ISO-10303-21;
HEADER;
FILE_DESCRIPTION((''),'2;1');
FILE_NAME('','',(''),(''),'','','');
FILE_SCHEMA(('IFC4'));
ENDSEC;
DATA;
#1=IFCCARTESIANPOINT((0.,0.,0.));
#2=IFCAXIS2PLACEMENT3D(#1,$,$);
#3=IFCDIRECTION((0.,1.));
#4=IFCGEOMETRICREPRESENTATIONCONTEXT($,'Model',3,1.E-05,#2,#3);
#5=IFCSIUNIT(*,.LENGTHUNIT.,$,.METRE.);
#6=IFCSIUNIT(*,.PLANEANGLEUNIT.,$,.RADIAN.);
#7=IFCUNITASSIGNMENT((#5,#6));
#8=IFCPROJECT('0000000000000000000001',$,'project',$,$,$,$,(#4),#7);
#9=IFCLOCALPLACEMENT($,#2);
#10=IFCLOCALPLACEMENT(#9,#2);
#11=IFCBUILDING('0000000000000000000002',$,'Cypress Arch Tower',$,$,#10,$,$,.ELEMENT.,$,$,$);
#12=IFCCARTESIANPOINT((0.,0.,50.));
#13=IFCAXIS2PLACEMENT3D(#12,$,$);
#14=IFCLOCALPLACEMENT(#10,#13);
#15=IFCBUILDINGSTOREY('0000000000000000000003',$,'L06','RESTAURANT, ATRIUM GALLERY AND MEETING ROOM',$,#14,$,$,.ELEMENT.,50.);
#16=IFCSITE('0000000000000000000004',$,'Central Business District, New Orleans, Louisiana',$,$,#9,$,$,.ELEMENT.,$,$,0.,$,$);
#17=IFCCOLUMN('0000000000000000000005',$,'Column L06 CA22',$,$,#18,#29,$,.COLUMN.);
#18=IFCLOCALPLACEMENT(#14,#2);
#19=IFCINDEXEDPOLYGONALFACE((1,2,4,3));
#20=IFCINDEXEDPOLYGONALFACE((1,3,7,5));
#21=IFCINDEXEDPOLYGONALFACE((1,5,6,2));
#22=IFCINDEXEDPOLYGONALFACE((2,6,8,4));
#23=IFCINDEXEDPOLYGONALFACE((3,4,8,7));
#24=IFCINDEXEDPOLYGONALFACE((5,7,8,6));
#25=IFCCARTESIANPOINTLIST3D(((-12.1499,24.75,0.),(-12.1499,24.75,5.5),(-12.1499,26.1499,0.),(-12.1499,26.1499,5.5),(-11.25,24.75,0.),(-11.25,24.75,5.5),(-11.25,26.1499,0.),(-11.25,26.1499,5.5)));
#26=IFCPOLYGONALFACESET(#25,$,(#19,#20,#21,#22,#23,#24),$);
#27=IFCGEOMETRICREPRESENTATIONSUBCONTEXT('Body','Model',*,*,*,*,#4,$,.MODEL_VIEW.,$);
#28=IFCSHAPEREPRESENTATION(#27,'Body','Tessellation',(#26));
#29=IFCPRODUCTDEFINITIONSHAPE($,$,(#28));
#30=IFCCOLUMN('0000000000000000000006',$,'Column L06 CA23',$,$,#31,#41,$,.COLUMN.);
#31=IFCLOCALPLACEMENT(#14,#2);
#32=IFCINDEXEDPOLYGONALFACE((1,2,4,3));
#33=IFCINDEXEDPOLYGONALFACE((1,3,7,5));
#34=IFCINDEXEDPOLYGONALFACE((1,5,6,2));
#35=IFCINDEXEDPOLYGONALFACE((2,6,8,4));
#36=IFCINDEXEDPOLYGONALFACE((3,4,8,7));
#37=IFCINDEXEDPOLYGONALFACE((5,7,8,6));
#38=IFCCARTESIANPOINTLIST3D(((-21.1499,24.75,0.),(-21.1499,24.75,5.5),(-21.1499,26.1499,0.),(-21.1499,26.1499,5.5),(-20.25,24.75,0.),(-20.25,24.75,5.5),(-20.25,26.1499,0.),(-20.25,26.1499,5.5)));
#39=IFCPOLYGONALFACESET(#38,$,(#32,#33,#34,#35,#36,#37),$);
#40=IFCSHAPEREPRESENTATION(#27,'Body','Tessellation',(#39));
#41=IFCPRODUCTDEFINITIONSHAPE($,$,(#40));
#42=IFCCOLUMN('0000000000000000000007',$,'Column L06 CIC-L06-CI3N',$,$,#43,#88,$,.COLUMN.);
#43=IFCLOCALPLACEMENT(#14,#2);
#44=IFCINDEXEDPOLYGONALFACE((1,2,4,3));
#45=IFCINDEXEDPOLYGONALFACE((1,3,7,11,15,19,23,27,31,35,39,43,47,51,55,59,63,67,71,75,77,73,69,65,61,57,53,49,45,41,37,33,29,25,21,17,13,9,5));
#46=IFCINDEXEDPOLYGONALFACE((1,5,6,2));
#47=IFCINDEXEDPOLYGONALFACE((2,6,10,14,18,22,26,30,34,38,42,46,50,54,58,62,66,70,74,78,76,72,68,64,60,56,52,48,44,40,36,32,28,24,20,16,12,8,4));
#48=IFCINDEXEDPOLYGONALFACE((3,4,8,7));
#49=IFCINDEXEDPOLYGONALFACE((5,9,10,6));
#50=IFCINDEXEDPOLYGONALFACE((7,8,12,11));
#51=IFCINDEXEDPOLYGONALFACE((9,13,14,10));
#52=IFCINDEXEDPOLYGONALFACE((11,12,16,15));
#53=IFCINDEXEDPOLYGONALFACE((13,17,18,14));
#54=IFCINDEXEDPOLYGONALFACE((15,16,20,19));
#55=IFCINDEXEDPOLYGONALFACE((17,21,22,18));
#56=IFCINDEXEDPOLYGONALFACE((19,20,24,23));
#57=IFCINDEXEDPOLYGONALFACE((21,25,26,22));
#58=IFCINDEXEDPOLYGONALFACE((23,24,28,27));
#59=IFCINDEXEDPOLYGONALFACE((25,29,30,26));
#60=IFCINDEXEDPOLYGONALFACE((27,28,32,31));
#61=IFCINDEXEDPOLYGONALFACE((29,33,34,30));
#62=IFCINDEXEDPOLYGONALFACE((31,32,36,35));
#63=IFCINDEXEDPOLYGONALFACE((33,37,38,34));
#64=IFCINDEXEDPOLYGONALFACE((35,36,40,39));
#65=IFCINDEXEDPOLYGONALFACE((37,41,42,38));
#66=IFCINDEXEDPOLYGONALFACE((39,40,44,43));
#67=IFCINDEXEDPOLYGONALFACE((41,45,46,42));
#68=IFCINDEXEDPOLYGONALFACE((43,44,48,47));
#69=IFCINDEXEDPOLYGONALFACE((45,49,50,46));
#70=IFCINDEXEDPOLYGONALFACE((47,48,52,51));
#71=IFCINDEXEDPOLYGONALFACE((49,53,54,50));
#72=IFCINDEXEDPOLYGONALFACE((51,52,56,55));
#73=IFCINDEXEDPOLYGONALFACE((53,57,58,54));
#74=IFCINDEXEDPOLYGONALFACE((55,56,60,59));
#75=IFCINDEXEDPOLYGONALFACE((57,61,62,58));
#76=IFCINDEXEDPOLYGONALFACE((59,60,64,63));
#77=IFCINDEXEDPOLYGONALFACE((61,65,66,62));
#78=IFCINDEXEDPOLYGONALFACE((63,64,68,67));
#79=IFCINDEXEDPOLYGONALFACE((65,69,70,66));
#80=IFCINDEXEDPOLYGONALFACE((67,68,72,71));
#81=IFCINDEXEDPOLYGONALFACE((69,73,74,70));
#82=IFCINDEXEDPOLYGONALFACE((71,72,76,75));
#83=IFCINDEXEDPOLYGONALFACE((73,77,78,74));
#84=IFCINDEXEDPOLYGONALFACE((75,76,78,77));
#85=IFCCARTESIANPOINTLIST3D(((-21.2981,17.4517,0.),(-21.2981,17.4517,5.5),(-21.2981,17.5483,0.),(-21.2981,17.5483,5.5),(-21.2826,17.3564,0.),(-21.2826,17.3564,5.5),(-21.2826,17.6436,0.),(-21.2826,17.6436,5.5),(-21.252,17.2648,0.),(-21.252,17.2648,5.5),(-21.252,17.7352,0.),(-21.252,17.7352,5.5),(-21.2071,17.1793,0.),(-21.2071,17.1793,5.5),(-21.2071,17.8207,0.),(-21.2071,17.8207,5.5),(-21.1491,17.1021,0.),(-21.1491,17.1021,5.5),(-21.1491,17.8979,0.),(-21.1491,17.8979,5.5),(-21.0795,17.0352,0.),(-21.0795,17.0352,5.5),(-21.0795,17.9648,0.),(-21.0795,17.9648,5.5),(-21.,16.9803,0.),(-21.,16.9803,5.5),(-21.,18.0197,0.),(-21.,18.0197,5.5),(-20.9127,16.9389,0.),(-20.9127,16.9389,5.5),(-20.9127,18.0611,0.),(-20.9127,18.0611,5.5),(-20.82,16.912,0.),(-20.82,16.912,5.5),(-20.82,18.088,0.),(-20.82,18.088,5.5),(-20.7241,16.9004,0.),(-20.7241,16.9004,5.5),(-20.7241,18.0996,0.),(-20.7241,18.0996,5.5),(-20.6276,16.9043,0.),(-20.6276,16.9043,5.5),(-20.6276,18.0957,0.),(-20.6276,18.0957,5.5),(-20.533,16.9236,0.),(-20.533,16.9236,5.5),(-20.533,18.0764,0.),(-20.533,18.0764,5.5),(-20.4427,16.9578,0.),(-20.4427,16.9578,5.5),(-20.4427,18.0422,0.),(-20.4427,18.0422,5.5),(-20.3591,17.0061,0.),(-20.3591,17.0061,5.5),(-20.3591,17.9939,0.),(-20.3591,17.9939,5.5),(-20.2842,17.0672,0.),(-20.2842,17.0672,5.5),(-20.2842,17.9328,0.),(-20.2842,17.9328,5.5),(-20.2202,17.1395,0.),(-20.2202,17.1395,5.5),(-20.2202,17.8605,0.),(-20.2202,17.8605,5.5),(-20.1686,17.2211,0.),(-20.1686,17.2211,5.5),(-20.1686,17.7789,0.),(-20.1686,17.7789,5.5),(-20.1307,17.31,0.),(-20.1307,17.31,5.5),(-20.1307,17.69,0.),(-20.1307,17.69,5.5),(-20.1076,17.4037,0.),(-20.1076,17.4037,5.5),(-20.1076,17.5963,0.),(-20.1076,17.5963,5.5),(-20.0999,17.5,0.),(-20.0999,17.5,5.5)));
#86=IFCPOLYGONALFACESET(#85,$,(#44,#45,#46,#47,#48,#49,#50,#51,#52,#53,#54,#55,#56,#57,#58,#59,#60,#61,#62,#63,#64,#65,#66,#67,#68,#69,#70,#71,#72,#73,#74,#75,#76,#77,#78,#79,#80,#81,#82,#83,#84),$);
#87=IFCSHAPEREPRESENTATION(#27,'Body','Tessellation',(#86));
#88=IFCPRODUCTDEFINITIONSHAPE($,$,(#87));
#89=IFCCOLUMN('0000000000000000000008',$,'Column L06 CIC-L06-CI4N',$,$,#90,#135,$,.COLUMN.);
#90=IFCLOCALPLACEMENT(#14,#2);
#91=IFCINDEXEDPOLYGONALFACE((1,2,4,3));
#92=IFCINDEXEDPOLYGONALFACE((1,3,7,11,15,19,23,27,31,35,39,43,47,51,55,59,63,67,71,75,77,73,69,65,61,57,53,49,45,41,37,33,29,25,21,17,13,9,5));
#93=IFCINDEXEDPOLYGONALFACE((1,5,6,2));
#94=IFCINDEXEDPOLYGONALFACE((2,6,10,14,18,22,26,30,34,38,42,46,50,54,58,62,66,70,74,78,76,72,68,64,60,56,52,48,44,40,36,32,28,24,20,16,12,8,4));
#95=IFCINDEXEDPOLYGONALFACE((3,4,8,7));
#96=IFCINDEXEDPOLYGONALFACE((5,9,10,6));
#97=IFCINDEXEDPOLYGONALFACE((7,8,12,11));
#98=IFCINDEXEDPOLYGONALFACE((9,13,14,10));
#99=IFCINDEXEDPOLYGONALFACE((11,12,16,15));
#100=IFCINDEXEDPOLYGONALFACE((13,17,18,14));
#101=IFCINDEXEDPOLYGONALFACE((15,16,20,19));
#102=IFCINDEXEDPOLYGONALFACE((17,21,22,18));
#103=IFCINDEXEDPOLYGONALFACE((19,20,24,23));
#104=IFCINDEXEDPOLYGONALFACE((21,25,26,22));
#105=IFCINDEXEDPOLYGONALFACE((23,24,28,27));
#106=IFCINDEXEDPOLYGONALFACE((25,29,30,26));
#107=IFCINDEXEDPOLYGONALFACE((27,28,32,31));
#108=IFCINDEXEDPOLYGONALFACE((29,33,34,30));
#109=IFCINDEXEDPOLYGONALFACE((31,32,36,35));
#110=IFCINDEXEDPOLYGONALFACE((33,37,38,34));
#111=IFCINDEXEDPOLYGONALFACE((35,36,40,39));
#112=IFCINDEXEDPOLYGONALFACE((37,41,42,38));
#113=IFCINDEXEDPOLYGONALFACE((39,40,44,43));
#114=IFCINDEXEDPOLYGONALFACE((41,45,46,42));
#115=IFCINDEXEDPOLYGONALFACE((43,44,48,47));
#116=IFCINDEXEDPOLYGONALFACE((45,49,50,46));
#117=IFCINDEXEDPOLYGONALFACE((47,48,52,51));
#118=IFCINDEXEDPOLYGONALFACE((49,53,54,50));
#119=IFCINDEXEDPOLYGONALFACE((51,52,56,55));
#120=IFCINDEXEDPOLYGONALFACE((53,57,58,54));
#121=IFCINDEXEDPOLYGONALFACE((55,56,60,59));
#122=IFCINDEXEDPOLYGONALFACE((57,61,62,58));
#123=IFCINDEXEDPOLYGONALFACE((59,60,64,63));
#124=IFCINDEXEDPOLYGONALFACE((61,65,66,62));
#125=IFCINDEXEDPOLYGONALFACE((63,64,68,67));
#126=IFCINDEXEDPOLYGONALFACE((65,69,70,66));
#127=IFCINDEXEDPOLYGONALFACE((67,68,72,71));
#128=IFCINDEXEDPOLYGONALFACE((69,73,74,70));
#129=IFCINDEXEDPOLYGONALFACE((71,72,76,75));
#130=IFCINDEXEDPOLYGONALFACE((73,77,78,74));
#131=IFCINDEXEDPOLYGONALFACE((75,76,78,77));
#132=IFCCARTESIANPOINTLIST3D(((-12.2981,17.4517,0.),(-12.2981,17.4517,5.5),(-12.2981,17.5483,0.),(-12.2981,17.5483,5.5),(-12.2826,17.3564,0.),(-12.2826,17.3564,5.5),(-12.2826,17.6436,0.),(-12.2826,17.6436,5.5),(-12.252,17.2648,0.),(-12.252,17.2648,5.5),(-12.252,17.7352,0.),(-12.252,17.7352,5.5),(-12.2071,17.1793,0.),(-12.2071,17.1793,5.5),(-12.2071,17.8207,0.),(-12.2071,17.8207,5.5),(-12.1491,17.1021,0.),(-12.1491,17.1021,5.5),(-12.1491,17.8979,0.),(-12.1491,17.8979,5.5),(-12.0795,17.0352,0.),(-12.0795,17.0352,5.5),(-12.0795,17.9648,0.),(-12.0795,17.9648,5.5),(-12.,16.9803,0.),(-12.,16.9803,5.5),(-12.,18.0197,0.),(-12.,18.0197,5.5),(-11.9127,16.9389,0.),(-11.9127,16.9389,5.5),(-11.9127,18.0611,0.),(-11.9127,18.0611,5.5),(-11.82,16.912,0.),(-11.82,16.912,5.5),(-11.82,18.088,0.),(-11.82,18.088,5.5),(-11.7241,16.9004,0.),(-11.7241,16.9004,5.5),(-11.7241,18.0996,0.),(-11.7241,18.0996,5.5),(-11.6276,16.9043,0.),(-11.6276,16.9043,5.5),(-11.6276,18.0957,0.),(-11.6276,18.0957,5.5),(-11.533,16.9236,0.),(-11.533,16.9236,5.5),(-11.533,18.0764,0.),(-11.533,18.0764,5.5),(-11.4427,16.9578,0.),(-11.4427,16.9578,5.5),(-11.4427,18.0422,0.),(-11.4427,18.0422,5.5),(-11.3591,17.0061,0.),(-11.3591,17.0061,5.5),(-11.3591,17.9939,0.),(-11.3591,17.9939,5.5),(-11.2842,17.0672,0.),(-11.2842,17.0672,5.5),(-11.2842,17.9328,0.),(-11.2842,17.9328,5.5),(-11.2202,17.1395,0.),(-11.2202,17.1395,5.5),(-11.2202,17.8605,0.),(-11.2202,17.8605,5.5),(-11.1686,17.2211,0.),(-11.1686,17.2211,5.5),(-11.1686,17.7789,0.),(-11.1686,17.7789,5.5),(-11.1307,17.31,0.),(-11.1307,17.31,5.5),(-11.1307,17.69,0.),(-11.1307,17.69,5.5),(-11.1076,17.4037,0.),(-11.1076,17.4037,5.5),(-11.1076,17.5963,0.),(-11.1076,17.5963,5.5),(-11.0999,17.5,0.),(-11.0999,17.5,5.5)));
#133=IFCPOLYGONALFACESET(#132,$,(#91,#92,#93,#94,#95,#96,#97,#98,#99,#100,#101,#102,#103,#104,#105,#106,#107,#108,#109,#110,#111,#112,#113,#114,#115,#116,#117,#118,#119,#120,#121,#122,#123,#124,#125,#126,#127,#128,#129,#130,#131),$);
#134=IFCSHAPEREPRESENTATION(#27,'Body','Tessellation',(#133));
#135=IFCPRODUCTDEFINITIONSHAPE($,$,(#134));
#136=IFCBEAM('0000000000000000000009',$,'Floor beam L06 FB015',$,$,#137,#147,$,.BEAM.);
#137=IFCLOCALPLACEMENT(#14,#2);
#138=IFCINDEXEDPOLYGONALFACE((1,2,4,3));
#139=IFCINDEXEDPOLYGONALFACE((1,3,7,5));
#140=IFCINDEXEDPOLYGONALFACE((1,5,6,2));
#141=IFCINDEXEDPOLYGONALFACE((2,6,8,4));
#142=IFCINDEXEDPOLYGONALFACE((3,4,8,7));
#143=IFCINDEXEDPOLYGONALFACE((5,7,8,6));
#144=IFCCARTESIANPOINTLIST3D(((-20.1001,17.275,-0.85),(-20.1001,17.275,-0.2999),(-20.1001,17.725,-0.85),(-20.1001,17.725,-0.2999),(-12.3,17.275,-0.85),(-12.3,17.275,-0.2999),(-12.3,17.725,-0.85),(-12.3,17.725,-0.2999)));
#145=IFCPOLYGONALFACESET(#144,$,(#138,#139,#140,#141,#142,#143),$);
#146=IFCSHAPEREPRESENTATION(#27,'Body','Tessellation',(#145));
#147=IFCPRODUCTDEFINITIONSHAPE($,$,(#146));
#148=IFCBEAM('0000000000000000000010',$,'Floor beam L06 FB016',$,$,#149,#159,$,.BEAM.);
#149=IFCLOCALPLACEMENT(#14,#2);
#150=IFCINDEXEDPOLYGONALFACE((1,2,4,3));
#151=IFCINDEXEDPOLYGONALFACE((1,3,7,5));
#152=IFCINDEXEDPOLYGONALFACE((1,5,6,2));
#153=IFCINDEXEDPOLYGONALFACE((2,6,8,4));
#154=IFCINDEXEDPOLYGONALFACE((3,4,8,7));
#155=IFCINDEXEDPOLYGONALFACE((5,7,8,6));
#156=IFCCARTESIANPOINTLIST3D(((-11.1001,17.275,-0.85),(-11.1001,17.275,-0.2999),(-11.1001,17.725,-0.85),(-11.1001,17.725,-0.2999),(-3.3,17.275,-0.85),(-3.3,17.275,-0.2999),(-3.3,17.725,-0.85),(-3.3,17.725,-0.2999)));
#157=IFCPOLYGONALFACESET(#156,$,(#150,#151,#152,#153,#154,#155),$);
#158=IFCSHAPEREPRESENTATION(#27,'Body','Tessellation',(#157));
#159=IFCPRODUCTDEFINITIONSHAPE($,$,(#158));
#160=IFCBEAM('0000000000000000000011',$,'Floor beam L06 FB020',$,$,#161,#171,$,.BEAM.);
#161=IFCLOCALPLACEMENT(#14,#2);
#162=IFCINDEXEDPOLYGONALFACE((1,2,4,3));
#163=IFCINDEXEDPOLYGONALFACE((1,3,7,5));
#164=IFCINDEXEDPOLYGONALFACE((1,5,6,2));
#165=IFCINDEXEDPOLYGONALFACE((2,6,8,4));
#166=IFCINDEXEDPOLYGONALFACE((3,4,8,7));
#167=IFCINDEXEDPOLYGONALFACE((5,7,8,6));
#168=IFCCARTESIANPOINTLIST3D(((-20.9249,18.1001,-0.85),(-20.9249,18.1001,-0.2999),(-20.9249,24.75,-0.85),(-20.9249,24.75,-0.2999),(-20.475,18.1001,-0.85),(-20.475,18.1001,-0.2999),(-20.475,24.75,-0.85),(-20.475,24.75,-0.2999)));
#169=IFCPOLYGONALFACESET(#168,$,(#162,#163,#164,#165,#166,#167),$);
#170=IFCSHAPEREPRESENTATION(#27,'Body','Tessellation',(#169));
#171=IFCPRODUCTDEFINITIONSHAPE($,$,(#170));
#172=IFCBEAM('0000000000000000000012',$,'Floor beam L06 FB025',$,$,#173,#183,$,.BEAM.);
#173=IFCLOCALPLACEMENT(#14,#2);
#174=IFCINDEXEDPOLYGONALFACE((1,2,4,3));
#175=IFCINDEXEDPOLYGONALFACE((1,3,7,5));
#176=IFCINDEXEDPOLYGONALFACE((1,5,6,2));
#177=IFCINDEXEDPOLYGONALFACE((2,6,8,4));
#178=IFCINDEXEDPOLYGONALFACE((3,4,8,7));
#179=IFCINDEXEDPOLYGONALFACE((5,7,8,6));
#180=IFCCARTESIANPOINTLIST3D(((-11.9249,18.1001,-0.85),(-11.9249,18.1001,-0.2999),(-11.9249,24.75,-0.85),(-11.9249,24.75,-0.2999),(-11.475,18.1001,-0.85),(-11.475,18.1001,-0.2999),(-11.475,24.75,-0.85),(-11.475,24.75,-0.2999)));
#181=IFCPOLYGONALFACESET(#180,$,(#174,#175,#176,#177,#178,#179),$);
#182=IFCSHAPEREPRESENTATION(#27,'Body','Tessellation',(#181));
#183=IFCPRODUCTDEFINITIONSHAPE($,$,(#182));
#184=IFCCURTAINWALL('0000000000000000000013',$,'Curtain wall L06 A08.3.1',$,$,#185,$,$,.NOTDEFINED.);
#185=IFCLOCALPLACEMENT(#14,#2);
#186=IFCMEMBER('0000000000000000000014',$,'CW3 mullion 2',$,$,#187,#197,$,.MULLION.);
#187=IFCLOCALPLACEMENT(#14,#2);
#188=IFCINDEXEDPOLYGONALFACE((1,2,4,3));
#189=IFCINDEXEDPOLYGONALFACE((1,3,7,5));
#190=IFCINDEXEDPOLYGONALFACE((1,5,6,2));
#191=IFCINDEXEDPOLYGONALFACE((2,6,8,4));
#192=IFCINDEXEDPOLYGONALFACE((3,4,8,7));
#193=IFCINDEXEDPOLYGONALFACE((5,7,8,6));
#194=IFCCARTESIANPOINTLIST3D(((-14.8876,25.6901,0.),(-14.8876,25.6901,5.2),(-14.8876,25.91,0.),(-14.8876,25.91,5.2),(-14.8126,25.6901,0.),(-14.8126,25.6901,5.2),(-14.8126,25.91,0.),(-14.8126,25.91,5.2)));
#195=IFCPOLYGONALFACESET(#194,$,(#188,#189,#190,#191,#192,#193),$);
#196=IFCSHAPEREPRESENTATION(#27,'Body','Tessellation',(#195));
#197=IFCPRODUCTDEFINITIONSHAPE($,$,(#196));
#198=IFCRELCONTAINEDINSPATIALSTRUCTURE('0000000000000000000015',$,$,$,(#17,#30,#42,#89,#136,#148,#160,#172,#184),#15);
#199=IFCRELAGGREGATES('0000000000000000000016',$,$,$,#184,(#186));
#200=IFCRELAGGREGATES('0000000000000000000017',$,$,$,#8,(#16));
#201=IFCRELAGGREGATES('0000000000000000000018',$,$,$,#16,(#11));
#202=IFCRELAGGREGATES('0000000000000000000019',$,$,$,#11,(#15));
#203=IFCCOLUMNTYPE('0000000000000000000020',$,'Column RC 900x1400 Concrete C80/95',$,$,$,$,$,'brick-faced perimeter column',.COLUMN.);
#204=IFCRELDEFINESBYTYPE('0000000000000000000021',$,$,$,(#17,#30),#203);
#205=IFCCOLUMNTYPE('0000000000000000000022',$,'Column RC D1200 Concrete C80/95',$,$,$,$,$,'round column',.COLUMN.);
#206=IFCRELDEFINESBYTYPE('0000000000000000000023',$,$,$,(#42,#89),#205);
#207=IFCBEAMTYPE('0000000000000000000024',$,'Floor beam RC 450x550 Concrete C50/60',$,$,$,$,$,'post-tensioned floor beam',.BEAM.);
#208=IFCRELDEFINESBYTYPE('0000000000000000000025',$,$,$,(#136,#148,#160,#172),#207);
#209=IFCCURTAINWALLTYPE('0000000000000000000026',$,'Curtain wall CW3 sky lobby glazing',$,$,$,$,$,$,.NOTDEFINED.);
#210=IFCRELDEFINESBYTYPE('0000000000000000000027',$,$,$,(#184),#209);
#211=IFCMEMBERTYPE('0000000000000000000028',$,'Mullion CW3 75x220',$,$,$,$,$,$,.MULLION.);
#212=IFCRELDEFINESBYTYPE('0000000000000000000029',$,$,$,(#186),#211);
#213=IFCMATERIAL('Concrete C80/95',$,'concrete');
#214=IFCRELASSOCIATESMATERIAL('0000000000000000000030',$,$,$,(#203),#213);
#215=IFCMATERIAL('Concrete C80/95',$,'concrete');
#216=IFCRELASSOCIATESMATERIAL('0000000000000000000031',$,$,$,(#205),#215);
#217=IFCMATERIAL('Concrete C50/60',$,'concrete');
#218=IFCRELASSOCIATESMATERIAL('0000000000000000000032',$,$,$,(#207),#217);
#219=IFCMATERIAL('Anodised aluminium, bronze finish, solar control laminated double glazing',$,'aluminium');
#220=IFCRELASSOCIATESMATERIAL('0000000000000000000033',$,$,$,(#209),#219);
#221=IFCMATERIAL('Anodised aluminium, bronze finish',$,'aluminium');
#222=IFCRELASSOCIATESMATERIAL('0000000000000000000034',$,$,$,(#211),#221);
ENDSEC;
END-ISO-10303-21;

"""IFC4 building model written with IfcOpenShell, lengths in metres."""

from ifc_helpers import new_model, si_unit, direction, frame, origin, origin_2d, place, context, subcontext, project, spatial, rectangle, circle, extrude, material, material_profile, profile_set, type_object, element, aggregate, save


model = new_model("IFC4")

# Units and contexts
model_context = context("Model", 3, precision=1e-05, world=origin(), true_north=direction((0.0, 1.0)))
body_context = subcontext(model_context, "Body", "Model", "MODEL_VIEW")
ifc_project = project(units=[si_unit("LENGTHUNIT", "METRE"), si_unit("PLANEANGLEUNIT", "RADIAN")], contexts=[model_context])

# Site, building, storey
site_placement = place(None, origin())
site = spatial("IfcSite", under=ifc_project, at=site_placement, Name="Central Business District, New Orleans, Louisiana", CompositionType="ELEMENT", RefElevation=0.0)
building_placement = place(site_placement, origin())
building = spatial("IfcBuilding", under=site, at=building_placement, Name="Cypress Arch Tower", CompositionType="ELEMENT")
storey_placement = place(building_placement, frame((0.0, 0.0, 50.0)))
storey = spatial("IfcBuildingStorey", under=building, at=storey_placement, Name="L06", Description="RESTAURANT, ATRIUM GALLERY AND MEETING ROOM", CompositionType="ELEMENT", Elevation=50.0)

# Columns
ifc_material_1 = material(Name="Concrete C80/95", Category="concrete")
ifc_material_profile_1 = material_profile(ifc_material_1, rectangle(XDim=0.8999, YDim=1.3999, at=origin_2d()), Name="RC 900x1400")
ifc_profile_set_1 = profile_set([ifc_material_profile_1], Name="Concrete C80/95")
column_type_1 = type_object("IfcColumnType", Name="Column RC 900x1400 Concrete C80/95", ElementType="brick-faced perimeter column", PredefinedType="COLUMN", material=ifc_profile_set_1)
for number, where, z_axis, x_axis, name in (
    (1, (-11.7, 25.45, 0.0), (0.0, 0.0, 1.0), (-1.0, 0.0, 0.0), "Column L06 CA22"),
    (2, (-20.7, 25.45, 0.0), (0.0, 0.0, 1.0), (-1.0, 0.0, 0.0), "Column L06 CA23"),
):
    element("IfcColumn", number, at=place(storey_placement, frame(where, z_axis=z_axis, x_axis=x_axis)), inside=storey, type_object=column_type_1, Name=name, PredefinedType="COLUMN", context=body_context, shape_type="SweptSolid", body=[
        extrude(rectangle(XDim=0.8999, YDim=1.3999, at=origin_2d()), origin(), (0.0, 0.0, 1.0), 5.5),
    ])
ifc_material_2 = material(Name="Concrete C80/95", Category="concrete")
ifc_material_profile_2 = material_profile(ifc_material_2, circle(Radius=0.6001, at=origin_2d()), Name="RC D1200")
ifc_profile_set_2 = profile_set([ifc_material_profile_2], Name="Concrete C80/95")
column_type_2 = type_object("IfcColumnType", Name="Column RC D1200 Concrete C80/95", ElementType="round column", PredefinedType="COLUMN", material=ifc_profile_set_2)
for number, where, z_axis, x_axis, name in (
    (3, (-20.7, 17.5, 0.0), (0.0, 0.0, 1.0), (1.0, 0.0, 0.0), "Column L06 CIC-L06-CI3N"),
    (4, (-11.7, 17.5, 0.0), (0.0, 0.0, 1.0), (1.0, 0.0, 0.0), "Column L06 CIC-L06-CI4N"),
):
    element("IfcColumn", number, at=place(storey_placement, frame(where, z_axis=z_axis, x_axis=x_axis)), inside=storey, type_object=column_type_2, Name=name, PredefinedType="COLUMN", context=body_context, shape_type="SweptSolid", body=[
        extrude(circle(Radius=0.6001, at=origin_2d()), origin(), (0.0, 0.0, 1.0), 5.5),
    ])

# Beams
ifc_material_3 = material(Name="Concrete C50/60", Category="concrete")
ifc_material_profile_3 = material_profile(ifc_material_3, rectangle(XDim=0.45, YDim=0.55, at=origin_2d()), Name="RC 450x550")
ifc_profile_set_3 = profile_set([ifc_material_profile_3], Name="Concrete C50/60")
beam_type_1 = type_object("IfcBeamType", Name="Floor beam RC 450x550 Concrete C50/60", ElementType="post-tensioned floor beam", PredefinedType="BEAM", material=ifc_profile_set_3)
for number, where, z_axis, x_axis, name in (
    (5, (-20.1001, 17.5, -0.575), (1.0, 0.0, 0.0), (0.0, 1.0, 0.0), "Floor beam L06 FB015"),
    (6, (-11.1001, 17.5, -0.575), (1.0, 0.0, 0.0), (0.0, 1.0, 0.0), "Floor beam L06 FB016"),
):
    element("IfcBeam", number, at=place(storey_placement, frame(where, z_axis=z_axis, x_axis=x_axis)), inside=storey, type_object=beam_type_1, Name=name, PredefinedType="BEAM", context=body_context, shape_type="SweptSolid", body=[
        extrude(rectangle(XDim=0.45, YDim=0.55, at=origin_2d()), origin(), (0.0, 0.0, 1.0), 7.8),
    ])
for number, where, z_axis, x_axis, name in (
    (7, (-20.7, 18.1001, -0.575), (0.0, 1.0, 0.0), (-1.0, 0.0, 0.0), "Floor beam L06 FB020"),
    (8, (-11.7, 18.1001, -0.575), (0.0, 1.0, 0.0), (-1.0, 0.0, 0.0), "Floor beam L06 FB025"),
):
    element("IfcBeam", number, at=place(storey_placement, frame(where, z_axis=z_axis, x_axis=x_axis)), inside=storey, type_object=beam_type_1, Name=name, PredefinedType="BEAM", context=body_context, shape_type="SweptSolid", body=[
        extrude(rectangle(XDim=0.45, YDim=0.55, at=origin_2d()), origin(), (0.0, 0.0, 1.0), 6.6499),
    ])

# Curtain wall, member
ifc_material_4 = material(Name="Anodised aluminium, bronze finish, solar control laminated double glazing", Category="aluminium")
curtain_wall_type = type_object("IfcCurtainWallType", Name="Curtain wall CW3 sky lobby glazing", PredefinedType="NOTDEFINED", material=ifc_material_4)
curtain_wall_1_placement = place(storey_placement, origin())
curtain_wall_1 = element("IfcCurtainWall", 9, at=curtain_wall_1_placement, inside=storey, type_object=curtain_wall_type, Name="Curtain wall L06 A08.3.1", PredefinedType="NOTDEFINED")
ifc_material_5 = material(Name="Anodised aluminium, bronze finish", Category="aluminium")
ifc_material_profile_4 = material_profile(ifc_material_5, rectangle(XDim=0.22, YDim=0.075, at=origin_2d()), Name="Mullion 75x220")
ifc_profile_set_4 = profile_set([ifc_material_profile_4], Name="Anodised aluminium, bronze finish")
member_type = type_object("IfcMemberType", Name="Mullion CW3 75x220", PredefinedType="MULLION", material=ifc_profile_set_4)
member_1_placement = place(storey_placement, frame((-14.8501, 25.8, 0.0), z_axis=(0.0, 0.0, 1.0), x_axis=(0.0, -1.0, 0.0)))
member_1 = element("IfcMember", 10, at=member_1_placement, type_object=member_type, Name="CW3 mullion 2", PredefinedType="MULLION", context=body_context, shape_type="SweptSolid", body=[
    extrude(rectangle(XDim=0.22, YDim=0.075, at=origin_2d()), origin(), (0.0, 0.0, 1.0), 5.2),
])
aggregate(curtain_wall_1, [member_1])

save(model, "model.ifc")
